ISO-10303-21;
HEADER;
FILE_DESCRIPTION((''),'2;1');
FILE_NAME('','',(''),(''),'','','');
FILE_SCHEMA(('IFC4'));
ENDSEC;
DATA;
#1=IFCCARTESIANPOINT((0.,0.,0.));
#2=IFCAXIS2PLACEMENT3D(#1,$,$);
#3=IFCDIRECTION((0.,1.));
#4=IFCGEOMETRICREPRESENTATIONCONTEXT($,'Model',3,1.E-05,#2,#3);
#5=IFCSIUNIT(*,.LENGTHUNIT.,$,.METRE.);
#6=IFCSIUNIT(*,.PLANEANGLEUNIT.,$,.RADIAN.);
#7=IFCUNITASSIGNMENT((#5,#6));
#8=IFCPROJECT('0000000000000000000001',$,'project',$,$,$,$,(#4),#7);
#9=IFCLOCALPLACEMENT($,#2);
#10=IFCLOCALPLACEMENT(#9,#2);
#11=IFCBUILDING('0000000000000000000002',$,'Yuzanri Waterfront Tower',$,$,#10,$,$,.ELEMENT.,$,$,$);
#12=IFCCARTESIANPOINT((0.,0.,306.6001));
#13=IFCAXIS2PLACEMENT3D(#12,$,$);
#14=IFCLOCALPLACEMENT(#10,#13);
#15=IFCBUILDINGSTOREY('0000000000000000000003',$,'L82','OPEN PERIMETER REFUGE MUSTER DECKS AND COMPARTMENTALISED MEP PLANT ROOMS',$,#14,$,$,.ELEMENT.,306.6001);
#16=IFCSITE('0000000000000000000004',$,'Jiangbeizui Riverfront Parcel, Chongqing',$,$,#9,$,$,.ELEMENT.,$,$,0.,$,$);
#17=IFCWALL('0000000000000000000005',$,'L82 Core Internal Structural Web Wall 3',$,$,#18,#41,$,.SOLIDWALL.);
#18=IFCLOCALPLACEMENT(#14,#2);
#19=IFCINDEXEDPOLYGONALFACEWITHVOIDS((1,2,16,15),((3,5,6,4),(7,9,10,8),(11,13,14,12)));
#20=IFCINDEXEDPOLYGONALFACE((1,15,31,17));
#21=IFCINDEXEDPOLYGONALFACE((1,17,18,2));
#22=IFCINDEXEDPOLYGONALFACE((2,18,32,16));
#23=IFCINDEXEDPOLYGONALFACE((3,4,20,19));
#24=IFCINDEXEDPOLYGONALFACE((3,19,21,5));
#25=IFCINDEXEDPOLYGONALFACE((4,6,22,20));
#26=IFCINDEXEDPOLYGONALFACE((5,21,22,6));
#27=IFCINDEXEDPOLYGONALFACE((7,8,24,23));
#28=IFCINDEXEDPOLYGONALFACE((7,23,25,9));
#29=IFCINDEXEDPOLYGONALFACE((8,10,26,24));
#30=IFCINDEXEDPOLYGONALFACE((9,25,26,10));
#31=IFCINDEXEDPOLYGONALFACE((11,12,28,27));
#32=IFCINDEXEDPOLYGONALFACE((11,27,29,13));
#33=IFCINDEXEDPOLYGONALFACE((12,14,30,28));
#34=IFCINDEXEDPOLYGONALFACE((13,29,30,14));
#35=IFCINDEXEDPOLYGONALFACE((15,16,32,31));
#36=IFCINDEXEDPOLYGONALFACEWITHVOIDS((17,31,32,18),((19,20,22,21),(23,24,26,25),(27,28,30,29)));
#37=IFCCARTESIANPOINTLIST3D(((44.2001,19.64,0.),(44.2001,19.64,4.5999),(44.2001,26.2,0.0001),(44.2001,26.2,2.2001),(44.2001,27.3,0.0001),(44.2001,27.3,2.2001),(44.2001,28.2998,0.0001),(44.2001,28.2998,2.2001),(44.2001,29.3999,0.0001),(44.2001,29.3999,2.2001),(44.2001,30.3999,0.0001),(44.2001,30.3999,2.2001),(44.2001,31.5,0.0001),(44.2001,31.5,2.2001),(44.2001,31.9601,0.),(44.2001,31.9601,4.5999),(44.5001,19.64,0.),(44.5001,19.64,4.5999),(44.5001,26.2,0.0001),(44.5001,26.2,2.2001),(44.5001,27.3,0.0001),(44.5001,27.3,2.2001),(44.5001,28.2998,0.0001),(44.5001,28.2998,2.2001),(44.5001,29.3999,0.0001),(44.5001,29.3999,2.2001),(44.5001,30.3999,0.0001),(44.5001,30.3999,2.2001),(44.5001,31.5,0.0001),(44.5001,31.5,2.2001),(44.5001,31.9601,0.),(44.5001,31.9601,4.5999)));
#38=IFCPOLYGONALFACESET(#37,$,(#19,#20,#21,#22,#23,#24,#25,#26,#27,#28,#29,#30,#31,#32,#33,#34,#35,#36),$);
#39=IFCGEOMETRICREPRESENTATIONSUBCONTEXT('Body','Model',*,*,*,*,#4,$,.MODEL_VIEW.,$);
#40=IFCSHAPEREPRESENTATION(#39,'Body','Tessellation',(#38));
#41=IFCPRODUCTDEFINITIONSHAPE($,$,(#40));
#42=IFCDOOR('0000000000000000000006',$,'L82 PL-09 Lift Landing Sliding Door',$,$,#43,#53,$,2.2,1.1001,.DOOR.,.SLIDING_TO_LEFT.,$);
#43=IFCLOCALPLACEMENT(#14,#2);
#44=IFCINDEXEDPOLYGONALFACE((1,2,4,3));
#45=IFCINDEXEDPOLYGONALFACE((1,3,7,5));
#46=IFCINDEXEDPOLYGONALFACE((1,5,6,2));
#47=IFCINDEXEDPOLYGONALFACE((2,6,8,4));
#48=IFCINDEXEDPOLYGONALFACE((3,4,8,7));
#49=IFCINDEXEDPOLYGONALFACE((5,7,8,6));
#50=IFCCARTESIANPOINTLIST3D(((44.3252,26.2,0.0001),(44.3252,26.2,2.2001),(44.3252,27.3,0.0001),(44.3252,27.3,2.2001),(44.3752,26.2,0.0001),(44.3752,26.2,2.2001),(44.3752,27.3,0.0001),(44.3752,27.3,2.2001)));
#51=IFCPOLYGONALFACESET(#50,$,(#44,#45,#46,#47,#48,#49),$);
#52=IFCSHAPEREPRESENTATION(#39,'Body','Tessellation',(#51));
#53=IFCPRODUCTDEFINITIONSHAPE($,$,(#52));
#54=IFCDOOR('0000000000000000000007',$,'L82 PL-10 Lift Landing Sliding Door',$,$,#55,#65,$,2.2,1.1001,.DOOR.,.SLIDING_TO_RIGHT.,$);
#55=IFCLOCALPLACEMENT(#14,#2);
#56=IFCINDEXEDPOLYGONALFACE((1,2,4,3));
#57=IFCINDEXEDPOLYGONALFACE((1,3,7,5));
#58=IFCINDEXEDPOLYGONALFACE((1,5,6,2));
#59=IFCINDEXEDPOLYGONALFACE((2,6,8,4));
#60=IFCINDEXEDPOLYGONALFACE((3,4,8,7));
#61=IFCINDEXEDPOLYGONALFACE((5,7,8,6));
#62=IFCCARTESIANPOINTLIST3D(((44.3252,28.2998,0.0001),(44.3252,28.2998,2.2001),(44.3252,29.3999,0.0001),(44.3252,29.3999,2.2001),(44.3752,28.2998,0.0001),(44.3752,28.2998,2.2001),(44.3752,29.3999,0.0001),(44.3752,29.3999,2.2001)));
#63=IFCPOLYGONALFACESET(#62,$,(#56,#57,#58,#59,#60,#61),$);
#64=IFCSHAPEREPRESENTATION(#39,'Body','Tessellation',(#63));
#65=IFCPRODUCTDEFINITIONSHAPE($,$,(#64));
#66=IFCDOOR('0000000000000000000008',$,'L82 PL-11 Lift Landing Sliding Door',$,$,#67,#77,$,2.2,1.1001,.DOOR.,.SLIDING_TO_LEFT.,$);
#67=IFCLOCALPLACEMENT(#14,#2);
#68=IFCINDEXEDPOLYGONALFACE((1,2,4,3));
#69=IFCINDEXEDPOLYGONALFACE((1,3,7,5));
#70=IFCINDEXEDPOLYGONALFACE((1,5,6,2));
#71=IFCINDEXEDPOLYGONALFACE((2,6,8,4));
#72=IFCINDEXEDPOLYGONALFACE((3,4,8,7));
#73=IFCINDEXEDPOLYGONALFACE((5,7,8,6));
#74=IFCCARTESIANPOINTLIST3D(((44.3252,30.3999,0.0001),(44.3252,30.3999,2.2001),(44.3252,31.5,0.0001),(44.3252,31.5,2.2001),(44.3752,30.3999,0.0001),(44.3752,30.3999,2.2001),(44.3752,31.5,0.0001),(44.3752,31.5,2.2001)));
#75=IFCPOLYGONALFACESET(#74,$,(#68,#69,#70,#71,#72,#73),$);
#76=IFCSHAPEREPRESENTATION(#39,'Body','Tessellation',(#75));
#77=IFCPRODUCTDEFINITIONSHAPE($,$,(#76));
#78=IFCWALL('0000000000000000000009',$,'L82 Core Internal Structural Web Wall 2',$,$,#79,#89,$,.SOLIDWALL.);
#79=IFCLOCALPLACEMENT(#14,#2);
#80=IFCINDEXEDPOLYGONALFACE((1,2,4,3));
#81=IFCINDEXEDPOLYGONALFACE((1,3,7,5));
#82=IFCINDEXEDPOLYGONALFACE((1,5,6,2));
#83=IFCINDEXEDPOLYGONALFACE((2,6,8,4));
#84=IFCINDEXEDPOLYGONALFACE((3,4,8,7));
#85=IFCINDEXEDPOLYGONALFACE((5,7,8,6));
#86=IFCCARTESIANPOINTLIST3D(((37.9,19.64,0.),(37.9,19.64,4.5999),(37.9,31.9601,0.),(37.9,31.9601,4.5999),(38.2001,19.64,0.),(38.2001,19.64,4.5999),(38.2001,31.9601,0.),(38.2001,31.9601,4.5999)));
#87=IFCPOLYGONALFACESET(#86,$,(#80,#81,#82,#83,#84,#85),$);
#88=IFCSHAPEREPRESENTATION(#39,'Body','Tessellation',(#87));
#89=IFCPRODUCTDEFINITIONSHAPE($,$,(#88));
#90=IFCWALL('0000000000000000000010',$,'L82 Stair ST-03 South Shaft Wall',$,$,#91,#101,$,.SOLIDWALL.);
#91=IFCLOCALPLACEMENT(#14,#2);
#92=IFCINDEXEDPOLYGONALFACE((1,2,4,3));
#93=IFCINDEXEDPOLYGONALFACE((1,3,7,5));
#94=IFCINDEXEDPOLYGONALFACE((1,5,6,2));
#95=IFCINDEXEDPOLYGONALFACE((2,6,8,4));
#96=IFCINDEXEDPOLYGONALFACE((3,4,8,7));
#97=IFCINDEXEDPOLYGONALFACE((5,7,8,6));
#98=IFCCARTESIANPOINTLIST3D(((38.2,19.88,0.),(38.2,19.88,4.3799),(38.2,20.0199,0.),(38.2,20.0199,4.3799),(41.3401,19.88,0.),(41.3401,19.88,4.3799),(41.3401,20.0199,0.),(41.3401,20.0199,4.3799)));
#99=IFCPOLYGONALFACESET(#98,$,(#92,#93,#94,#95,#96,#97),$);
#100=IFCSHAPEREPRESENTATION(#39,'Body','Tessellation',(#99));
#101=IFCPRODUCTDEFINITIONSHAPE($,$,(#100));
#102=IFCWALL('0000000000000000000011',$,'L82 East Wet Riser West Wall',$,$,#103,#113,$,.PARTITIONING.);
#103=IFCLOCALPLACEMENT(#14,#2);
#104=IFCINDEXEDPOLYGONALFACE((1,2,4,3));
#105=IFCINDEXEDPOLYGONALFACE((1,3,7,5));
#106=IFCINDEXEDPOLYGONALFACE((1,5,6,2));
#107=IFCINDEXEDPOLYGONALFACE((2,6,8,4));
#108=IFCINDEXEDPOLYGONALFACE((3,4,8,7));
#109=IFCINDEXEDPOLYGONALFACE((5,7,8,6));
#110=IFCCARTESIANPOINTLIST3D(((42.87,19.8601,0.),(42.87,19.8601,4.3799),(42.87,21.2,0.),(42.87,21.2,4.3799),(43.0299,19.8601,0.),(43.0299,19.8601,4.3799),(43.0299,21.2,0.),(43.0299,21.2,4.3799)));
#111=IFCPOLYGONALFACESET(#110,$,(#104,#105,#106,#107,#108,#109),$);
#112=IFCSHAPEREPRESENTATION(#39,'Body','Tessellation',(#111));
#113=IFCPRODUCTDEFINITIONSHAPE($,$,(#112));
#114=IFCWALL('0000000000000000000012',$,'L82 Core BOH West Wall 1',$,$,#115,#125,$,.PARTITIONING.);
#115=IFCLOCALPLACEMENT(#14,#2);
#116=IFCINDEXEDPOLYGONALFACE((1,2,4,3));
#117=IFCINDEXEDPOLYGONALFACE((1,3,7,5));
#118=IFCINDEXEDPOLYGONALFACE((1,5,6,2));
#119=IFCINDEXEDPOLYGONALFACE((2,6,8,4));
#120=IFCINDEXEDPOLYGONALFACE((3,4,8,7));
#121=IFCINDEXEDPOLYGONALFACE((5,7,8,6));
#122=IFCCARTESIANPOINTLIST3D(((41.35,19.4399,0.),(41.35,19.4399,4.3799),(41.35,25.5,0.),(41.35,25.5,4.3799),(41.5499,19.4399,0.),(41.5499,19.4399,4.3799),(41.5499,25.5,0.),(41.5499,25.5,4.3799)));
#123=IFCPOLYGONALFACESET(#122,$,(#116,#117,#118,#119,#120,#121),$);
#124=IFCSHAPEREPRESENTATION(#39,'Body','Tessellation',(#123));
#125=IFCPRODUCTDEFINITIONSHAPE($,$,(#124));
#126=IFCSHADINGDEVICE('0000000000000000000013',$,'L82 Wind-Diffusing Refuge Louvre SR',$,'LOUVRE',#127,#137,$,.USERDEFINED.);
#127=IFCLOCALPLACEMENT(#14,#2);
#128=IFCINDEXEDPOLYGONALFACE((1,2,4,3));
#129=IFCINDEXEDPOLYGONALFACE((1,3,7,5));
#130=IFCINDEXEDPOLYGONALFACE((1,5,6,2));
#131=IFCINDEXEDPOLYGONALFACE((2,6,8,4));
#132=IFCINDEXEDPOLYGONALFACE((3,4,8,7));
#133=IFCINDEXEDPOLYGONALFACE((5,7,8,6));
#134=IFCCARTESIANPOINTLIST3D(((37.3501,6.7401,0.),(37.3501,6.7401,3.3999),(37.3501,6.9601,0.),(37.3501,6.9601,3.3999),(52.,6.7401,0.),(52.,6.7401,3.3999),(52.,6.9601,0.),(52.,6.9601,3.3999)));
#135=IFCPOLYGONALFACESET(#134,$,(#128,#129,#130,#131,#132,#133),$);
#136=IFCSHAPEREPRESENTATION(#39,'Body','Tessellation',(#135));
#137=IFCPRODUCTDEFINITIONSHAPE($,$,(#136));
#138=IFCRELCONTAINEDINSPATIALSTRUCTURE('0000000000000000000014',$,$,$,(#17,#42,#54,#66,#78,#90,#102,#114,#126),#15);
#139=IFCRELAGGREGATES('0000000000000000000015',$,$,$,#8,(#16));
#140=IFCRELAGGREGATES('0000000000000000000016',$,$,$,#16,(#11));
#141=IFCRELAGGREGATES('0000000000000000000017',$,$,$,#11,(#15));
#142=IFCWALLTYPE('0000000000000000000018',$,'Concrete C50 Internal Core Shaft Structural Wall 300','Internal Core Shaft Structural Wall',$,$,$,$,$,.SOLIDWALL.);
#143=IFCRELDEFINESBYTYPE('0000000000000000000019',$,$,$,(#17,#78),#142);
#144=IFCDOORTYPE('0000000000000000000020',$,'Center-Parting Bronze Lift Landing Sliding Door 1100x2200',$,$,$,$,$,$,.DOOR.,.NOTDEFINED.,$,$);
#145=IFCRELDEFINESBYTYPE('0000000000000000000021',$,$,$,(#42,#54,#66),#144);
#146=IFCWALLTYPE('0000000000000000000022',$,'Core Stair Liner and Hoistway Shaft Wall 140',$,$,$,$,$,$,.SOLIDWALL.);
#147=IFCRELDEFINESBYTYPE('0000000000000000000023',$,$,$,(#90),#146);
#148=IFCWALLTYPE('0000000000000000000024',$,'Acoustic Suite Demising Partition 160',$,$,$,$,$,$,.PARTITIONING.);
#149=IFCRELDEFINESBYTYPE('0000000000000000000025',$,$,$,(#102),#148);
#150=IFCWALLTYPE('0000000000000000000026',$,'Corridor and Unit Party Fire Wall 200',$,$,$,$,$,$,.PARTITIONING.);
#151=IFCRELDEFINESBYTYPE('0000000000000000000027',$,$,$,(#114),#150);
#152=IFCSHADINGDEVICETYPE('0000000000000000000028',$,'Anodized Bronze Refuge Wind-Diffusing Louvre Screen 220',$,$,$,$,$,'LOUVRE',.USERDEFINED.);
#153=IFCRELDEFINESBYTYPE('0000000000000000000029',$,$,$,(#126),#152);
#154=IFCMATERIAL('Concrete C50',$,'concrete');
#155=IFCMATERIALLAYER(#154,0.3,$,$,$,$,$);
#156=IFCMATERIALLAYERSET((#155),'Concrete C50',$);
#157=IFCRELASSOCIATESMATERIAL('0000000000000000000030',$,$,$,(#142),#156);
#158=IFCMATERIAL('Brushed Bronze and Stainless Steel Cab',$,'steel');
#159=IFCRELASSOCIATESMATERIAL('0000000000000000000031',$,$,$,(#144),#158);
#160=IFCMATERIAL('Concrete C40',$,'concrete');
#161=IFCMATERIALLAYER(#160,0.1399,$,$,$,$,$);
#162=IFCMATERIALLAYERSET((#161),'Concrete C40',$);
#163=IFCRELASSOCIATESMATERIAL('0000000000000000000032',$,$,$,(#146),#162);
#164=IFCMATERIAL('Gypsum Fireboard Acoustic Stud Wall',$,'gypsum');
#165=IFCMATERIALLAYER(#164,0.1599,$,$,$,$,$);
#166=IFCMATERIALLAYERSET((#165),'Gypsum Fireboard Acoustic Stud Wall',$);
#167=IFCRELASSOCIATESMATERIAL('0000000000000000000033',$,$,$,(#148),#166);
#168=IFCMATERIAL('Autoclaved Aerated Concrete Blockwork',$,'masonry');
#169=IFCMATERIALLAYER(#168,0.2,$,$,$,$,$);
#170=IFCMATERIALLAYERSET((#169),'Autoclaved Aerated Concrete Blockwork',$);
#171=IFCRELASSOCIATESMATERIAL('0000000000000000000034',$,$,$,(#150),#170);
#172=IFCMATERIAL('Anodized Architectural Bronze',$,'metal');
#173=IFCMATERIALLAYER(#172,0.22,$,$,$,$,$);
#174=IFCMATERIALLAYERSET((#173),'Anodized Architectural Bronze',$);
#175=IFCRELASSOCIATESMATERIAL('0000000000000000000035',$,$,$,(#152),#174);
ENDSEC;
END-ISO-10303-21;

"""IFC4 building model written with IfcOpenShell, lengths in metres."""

from ifc_helpers import new_model, si_unit, direction, frame, frame_2d, origin, origin_2d, place, context, subcontext, project, spatial, rectangle, extrude, source, transform, mapped, material, layer, layer_set, type_object, element, fill, save


model = new_model("IFC4")

# Units and contexts
model_context = context("Model", 3, precision=1e-05, world=origin(), true_north=direction((0.0, 1.0)))
body_context = subcontext(model_context, "Body", "Model", "MODEL_VIEW")
ifc_project = project(units=[si_unit("LENGTHUNIT", "METRE"), si_unit("PLANEANGLEUNIT", "RADIAN")], contexts=[model_context])

# Site, building, storey
site_placement = place(None, origin())
site = spatial("IfcSite", under=ifc_project, at=site_placement, Name="Jiangbeizui Riverfront Parcel, Chongqing", CompositionType="ELEMENT", RefElevation=0.0)
building_placement = place(site_placement, origin())
building = spatial("IfcBuilding", under=site, at=building_placement, Name="Yuzanri Waterfront Tower", CompositionType="ELEMENT")
storey_placement = place(building_placement, frame((0.0, 0.0, 306.6001)))
storey = spatial("IfcBuildingStorey", under=building, at=storey_placement, Name="L82", Description="OPEN PERIMETER REFUGE MUSTER DECKS AND COMPARTMENTALISED MEP PLANT ROOMS", CompositionType="ELEMENT", Elevation=306.6001)

# Wall, openings, doors
ifc_material_1 = material(Name="Concrete C50", Category="concrete")
ifc_layer_1 = layer(ifc_material_1, 0.3)
ifc_layer_set_1 = layer_set([ifc_layer_1], Name="Concrete C50")
wall_type_1 = type_object("IfcWallType", Name="Concrete C50 Internal Core Shaft Structural Wall 300", Description="Internal Core Shaft Structural Wall", PredefinedType="SOLIDWALL", material=ifc_layer_set_1)
wall_1_placement = place(storey_placement, frame((44.3501, 19.6399, 0.0), z_axis=(0.0, 0.0, 1.0), x_axis=(0.0, 1.0, 0.0)))
wall_1 = element("IfcWall", 1, at=wall_1_placement, inside=storey, type_object=wall_type_1, Name="L82 Core Internal Structural Web Wall 3", PredefinedType="SOLIDWALL", context=body_context, shape_type="SweptSolid", body=[
    extrude(rectangle(XDim=12.3201, YDim=0.3, at=frame_2d((6.1602, 0.0))), origin(), (0.0, 0.0, 1.0), 4.5999),
])
opening_1_placement = place(wall_1_placement, frame((6.5601, 0.0, 0.0)))
opening_1 = element("IfcOpeningElement", 2, at=opening_1_placement, cuts=wall_1, PredefinedType="OPENING", context=body_context, shape_type="SweptSolid", body=[
    extrude(rectangle(XDim=1.1001, YDim=2.2, at=frame_2d((0.55, 1.1001))), frame((0.0, 0.165, 0.0), z_axis=(0.0, -1.0, 0.0), x_axis=(1.0, 0.0, 0.0)), (0.0, 0.0, 1.0), 0.3298),
])
opening_2_placement = place(wall_1_placement, frame((8.6599, 0.0, 0.0)))
opening_2 = element("IfcOpeningElement", 3, at=opening_2_placement, cuts=wall_1, PredefinedType="OPENING", context=body_context, shape_type="SweptSolid", body=[
    extrude(rectangle(XDim=1.1001, YDim=2.2, at=frame_2d((0.55, 1.1001))), frame((0.0, 0.165, 0.0), z_axis=(0.0, -1.0, 0.0), x_axis=(1.0, 0.0, 0.0)), (0.0, 0.0, 1.0), 0.3298),
])
opening_3_placement = place(wall_1_placement, frame((10.76, 0.0, 0.0)))
opening_3 = element("IfcOpeningElement", 4, at=opening_3_placement, cuts=wall_1, PredefinedType="OPENING", context=body_context, shape_type="SweptSolid", body=[
    extrude(rectangle(XDim=1.1001, YDim=2.2, at=frame_2d((0.55, 1.1001))), frame((0.0, 0.165, 0.0), z_axis=(0.0, -1.0, 0.0), x_axis=(1.0, 0.0, 0.0)), (0.0, 0.0, 1.0), 0.3298),
])
ifc_material_2 = material(Name="Brushed Bronze and Stainless Steel Cab", Category="steel")
door_type = type_object("IfcDoorType", Name="Center-Parting Bronze Lift Landing Sliding Door 1100x2200", OperationType="NOTDEFINED", PredefinedType="DOOR", material=ifc_material_2)
shared_shape_1 = source(origin(), body_context, "Body", "SweptSolid", [
    extrude(rectangle(XDim=1.1001, YDim=2.2, at=frame_2d((0.55, 1.1001))), frame((0.0, 0.0249, 0.0), z_axis=(0.0, -1.0, 0.0), x_axis=(1.0, 0.0, 0.0)), (0.0, 0.0, 1.0), 0.05),
])
door_1_placement = place(opening_1_placement, origin())
door_1 = element("IfcDoor", 5, at=door_1_placement, inside=storey, type_object=door_type, Name="L82 PL-09 Lift Landing Sliding Door", OperationType="SLIDING_TO_LEFT", OverallHeight=2.2, OverallWidth=1.1001, PredefinedType="DOOR", context=body_context, shape_type="MappedRepresentation", body=[
    mapped(shared_shape_1, transform((0.0, 0.0, 0.0), scale=1.0)),
])
fill(opening_1, door_1)
door_2_placement = place(opening_2_placement, origin())
door_2 = element("IfcDoor", 6, at=door_2_placement, inside=storey, type_object=door_type, Name="L82 PL-10 Lift Landing Sliding Door", OperationType="SLIDING_TO_RIGHT", OverallHeight=2.2, OverallWidth=1.1001, PredefinedType="DOOR", context=body_context, shape_type="MappedRepresentation", body=[
    mapped(shared_shape_1, transform((0.0, 0.0, 0.0), scale=1.0)),
])
fill(opening_2, door_2)
door_3_placement = place(opening_3_placement, origin())
door_3 = element("IfcDoor", 7, at=door_3_placement, inside=storey, type_object=door_type, Name="L82 PL-11 Lift Landing Sliding Door", OperationType="SLIDING_TO_LEFT", OverallHeight=2.2, OverallWidth=1.1001, PredefinedType="DOOR", context=body_context, shape_type="MappedRepresentation", body=[
    mapped(shared_shape_1, transform((0.0, 0.0, 0.0), scale=1.0)),
])
fill(opening_3, door_3)

# Walls
shared_shape_2 = source(origin(), body_context, "Body", "SweptSolid", [
    extrude(rectangle(XDim=12.3201, YDim=0.3, at=frame_2d((6.1602, 0.0))), origin(), (0.0, 0.0, 1.0), 4.5999),
])
wall_2_placement = place(storey_placement, frame((38.05, 19.6399, 0.0), z_axis=(0.0, 0.0, 1.0), x_axis=(0.0, 1.0, 0.0)))
element("IfcWall", 8, at=wall_2_placement, inside=storey, type_object=wall_type_1, Name="L82 Core Internal Structural Web Wall 2", PredefinedType="SOLIDWALL", context=body_context, shape_type="MappedRepresentation", body=[
    mapped(shared_shape_2, transform((0.0, 0.0, 0.0), scale=1.0)),
])
ifc_material_3 = material(Name="Concrete C40", Category="concrete")
ifc_layer_2 = layer(ifc_material_3, 0.1399)
ifc_layer_set_2 = layer_set([ifc_layer_2], Name="Concrete C40")
wall_type_2 = type_object("IfcWallType", Name="Core Stair Liner and Hoistway Shaft Wall 140", PredefinedType="SOLIDWALL", material=ifc_layer_set_2)
shared_shape_3 = source(origin(), body_context, "Body", "SweptSolid", [
    extrude(rectangle(XDim=3.1401, YDim=0.1399, at=frame_2d((1.5701, 0.0))), origin(), (0.0, 0.0, 1.0), 4.3799),
])
wall_3_placement = place(storey_placement, frame((38.2, 19.95, 0.0), z_axis=(0.0, 0.0, 1.0), x_axis=(1.0, 0.0, 0.0)))
element("IfcWall", 9, at=wall_3_placement, inside=storey, type_object=wall_type_2, Name="L82 Stair ST-03 South Shaft Wall", PredefinedType="SOLIDWALL", context=body_context, shape_type="MappedRepresentation", body=[
    mapped(shared_shape_3, transform((0.0, 0.0, 0.0), scale=1.0)),
])
ifc_material_4 = material(Name="Gypsum Fireboard Acoustic Stud Wall", Category="gypsum")
ifc_layer_3 = layer(ifc_material_4, 0.1599)
ifc_layer_set_3 = layer_set([ifc_layer_3], Name="Gypsum Fireboard Acoustic Stud Wall")
wall_type_3 = type_object("IfcWallType", Name="Acoustic Suite Demising Partition 160", PredefinedType="PARTITIONING", material=ifc_layer_set_3)
shared_shape_4 = source(origin(), body_context, "Body", "SweptSolid", [
    extrude(rectangle(XDim=1.3398, YDim=0.1599, at=frame_2d((0.6699, 0.0))), origin(), (0.0, 0.0, 1.0), 4.3799),
])
wall_4_placement = place(storey_placement, frame((42.95, 19.8601, 0.0), z_axis=(0.0, 0.0, 1.0), x_axis=(0.0, 1.0, 0.0)))
element("IfcWall", 10, at=wall_4_placement, inside=storey, type_object=wall_type_3, Name="L82 East Wet Riser West Wall", PredefinedType="PARTITIONING", context=body_context, shape_type="MappedRepresentation", body=[
    mapped(shared_shape_4, transform((0.0, 0.0, 0.0), scale=1.0)),
])
ifc_material_5 = material(Name="Autoclaved Aerated Concrete Blockwork", Category="masonry")
ifc_layer_4 = layer(ifc_material_5, 0.2)
ifc_layer_set_4 = layer_set([ifc_layer_4], Name="Autoclaved Aerated Concrete Blockwork")
wall_type_4 = type_object("IfcWallType", Name="Corridor and Unit Party Fire Wall 200", PredefinedType="PARTITIONING", material=ifc_layer_set_4)
shared_shape_5 = source(origin(), body_context, "Body", "SweptSolid", [
    extrude(rectangle(XDim=6.0601, YDim=0.2, at=frame_2d((3.03, 0.0))), origin(), (0.0, 0.0, 1.0), 4.3799),
])
wall_5_placement = place(storey_placement, frame((41.45, 19.4399, 0.0), z_axis=(0.0, 0.0, 1.0), x_axis=(0.0, 1.0, 0.0)))
element("IfcWall", 11, at=wall_5_placement, inside=storey, type_object=wall_type_4, Name="L82 Core BOH West Wall 1", PredefinedType="PARTITIONING", context=body_context, shape_type="MappedRepresentation", body=[
    mapped(shared_shape_5, transform((0.0, 0.0, 0.0), scale=1.0)),
])

# Shading device
ifc_material_6 = material(Name="Anodized Architectural Bronze", Category="metal")
ifc_layer_5 = layer(ifc_material_6, 0.22)
ifc_layer_set_5 = layer_set([ifc_layer_5], Name="Anodized Architectural Bronze")
shading_device_type = type_object("IfcShadingDeviceType", Name="Anodized Bronze Refuge Wind-Diffusing Louvre Screen 220", ElementType="LOUVRE", PredefinedType="USERDEFINED", material=ifc_layer_set_5)
shared_shape_6 = source(origin(), body_context, "Body", "SweptSolid", [
    extrude(rectangle(XDim=14.6499, YDim=0.22, at=origin_2d()), origin(), (0.0, 0.0, 1.0), 3.3999),
])
shading_device_placement = place(storey_placement, frame((44.675, 6.8501, 0.0), z_axis=(0.0, 0.0, 1.0), x_axis=(1.0, 0.0, 0.0)))
element("IfcShadingDevice", 12, at=shading_device_placement, inside=storey, type_object=shading_device_type, Name="L82 Wind-Diffusing Refuge Louvre SR", ObjectType="LOUVRE", PredefinedType="USERDEFINED", context=body_context, shape_type="MappedRepresentation", body=[
    mapped(shared_shape_6, transform((0.0, 0.0, 0.0), scale=1.0)),
])

save(model, "model.ifc")
